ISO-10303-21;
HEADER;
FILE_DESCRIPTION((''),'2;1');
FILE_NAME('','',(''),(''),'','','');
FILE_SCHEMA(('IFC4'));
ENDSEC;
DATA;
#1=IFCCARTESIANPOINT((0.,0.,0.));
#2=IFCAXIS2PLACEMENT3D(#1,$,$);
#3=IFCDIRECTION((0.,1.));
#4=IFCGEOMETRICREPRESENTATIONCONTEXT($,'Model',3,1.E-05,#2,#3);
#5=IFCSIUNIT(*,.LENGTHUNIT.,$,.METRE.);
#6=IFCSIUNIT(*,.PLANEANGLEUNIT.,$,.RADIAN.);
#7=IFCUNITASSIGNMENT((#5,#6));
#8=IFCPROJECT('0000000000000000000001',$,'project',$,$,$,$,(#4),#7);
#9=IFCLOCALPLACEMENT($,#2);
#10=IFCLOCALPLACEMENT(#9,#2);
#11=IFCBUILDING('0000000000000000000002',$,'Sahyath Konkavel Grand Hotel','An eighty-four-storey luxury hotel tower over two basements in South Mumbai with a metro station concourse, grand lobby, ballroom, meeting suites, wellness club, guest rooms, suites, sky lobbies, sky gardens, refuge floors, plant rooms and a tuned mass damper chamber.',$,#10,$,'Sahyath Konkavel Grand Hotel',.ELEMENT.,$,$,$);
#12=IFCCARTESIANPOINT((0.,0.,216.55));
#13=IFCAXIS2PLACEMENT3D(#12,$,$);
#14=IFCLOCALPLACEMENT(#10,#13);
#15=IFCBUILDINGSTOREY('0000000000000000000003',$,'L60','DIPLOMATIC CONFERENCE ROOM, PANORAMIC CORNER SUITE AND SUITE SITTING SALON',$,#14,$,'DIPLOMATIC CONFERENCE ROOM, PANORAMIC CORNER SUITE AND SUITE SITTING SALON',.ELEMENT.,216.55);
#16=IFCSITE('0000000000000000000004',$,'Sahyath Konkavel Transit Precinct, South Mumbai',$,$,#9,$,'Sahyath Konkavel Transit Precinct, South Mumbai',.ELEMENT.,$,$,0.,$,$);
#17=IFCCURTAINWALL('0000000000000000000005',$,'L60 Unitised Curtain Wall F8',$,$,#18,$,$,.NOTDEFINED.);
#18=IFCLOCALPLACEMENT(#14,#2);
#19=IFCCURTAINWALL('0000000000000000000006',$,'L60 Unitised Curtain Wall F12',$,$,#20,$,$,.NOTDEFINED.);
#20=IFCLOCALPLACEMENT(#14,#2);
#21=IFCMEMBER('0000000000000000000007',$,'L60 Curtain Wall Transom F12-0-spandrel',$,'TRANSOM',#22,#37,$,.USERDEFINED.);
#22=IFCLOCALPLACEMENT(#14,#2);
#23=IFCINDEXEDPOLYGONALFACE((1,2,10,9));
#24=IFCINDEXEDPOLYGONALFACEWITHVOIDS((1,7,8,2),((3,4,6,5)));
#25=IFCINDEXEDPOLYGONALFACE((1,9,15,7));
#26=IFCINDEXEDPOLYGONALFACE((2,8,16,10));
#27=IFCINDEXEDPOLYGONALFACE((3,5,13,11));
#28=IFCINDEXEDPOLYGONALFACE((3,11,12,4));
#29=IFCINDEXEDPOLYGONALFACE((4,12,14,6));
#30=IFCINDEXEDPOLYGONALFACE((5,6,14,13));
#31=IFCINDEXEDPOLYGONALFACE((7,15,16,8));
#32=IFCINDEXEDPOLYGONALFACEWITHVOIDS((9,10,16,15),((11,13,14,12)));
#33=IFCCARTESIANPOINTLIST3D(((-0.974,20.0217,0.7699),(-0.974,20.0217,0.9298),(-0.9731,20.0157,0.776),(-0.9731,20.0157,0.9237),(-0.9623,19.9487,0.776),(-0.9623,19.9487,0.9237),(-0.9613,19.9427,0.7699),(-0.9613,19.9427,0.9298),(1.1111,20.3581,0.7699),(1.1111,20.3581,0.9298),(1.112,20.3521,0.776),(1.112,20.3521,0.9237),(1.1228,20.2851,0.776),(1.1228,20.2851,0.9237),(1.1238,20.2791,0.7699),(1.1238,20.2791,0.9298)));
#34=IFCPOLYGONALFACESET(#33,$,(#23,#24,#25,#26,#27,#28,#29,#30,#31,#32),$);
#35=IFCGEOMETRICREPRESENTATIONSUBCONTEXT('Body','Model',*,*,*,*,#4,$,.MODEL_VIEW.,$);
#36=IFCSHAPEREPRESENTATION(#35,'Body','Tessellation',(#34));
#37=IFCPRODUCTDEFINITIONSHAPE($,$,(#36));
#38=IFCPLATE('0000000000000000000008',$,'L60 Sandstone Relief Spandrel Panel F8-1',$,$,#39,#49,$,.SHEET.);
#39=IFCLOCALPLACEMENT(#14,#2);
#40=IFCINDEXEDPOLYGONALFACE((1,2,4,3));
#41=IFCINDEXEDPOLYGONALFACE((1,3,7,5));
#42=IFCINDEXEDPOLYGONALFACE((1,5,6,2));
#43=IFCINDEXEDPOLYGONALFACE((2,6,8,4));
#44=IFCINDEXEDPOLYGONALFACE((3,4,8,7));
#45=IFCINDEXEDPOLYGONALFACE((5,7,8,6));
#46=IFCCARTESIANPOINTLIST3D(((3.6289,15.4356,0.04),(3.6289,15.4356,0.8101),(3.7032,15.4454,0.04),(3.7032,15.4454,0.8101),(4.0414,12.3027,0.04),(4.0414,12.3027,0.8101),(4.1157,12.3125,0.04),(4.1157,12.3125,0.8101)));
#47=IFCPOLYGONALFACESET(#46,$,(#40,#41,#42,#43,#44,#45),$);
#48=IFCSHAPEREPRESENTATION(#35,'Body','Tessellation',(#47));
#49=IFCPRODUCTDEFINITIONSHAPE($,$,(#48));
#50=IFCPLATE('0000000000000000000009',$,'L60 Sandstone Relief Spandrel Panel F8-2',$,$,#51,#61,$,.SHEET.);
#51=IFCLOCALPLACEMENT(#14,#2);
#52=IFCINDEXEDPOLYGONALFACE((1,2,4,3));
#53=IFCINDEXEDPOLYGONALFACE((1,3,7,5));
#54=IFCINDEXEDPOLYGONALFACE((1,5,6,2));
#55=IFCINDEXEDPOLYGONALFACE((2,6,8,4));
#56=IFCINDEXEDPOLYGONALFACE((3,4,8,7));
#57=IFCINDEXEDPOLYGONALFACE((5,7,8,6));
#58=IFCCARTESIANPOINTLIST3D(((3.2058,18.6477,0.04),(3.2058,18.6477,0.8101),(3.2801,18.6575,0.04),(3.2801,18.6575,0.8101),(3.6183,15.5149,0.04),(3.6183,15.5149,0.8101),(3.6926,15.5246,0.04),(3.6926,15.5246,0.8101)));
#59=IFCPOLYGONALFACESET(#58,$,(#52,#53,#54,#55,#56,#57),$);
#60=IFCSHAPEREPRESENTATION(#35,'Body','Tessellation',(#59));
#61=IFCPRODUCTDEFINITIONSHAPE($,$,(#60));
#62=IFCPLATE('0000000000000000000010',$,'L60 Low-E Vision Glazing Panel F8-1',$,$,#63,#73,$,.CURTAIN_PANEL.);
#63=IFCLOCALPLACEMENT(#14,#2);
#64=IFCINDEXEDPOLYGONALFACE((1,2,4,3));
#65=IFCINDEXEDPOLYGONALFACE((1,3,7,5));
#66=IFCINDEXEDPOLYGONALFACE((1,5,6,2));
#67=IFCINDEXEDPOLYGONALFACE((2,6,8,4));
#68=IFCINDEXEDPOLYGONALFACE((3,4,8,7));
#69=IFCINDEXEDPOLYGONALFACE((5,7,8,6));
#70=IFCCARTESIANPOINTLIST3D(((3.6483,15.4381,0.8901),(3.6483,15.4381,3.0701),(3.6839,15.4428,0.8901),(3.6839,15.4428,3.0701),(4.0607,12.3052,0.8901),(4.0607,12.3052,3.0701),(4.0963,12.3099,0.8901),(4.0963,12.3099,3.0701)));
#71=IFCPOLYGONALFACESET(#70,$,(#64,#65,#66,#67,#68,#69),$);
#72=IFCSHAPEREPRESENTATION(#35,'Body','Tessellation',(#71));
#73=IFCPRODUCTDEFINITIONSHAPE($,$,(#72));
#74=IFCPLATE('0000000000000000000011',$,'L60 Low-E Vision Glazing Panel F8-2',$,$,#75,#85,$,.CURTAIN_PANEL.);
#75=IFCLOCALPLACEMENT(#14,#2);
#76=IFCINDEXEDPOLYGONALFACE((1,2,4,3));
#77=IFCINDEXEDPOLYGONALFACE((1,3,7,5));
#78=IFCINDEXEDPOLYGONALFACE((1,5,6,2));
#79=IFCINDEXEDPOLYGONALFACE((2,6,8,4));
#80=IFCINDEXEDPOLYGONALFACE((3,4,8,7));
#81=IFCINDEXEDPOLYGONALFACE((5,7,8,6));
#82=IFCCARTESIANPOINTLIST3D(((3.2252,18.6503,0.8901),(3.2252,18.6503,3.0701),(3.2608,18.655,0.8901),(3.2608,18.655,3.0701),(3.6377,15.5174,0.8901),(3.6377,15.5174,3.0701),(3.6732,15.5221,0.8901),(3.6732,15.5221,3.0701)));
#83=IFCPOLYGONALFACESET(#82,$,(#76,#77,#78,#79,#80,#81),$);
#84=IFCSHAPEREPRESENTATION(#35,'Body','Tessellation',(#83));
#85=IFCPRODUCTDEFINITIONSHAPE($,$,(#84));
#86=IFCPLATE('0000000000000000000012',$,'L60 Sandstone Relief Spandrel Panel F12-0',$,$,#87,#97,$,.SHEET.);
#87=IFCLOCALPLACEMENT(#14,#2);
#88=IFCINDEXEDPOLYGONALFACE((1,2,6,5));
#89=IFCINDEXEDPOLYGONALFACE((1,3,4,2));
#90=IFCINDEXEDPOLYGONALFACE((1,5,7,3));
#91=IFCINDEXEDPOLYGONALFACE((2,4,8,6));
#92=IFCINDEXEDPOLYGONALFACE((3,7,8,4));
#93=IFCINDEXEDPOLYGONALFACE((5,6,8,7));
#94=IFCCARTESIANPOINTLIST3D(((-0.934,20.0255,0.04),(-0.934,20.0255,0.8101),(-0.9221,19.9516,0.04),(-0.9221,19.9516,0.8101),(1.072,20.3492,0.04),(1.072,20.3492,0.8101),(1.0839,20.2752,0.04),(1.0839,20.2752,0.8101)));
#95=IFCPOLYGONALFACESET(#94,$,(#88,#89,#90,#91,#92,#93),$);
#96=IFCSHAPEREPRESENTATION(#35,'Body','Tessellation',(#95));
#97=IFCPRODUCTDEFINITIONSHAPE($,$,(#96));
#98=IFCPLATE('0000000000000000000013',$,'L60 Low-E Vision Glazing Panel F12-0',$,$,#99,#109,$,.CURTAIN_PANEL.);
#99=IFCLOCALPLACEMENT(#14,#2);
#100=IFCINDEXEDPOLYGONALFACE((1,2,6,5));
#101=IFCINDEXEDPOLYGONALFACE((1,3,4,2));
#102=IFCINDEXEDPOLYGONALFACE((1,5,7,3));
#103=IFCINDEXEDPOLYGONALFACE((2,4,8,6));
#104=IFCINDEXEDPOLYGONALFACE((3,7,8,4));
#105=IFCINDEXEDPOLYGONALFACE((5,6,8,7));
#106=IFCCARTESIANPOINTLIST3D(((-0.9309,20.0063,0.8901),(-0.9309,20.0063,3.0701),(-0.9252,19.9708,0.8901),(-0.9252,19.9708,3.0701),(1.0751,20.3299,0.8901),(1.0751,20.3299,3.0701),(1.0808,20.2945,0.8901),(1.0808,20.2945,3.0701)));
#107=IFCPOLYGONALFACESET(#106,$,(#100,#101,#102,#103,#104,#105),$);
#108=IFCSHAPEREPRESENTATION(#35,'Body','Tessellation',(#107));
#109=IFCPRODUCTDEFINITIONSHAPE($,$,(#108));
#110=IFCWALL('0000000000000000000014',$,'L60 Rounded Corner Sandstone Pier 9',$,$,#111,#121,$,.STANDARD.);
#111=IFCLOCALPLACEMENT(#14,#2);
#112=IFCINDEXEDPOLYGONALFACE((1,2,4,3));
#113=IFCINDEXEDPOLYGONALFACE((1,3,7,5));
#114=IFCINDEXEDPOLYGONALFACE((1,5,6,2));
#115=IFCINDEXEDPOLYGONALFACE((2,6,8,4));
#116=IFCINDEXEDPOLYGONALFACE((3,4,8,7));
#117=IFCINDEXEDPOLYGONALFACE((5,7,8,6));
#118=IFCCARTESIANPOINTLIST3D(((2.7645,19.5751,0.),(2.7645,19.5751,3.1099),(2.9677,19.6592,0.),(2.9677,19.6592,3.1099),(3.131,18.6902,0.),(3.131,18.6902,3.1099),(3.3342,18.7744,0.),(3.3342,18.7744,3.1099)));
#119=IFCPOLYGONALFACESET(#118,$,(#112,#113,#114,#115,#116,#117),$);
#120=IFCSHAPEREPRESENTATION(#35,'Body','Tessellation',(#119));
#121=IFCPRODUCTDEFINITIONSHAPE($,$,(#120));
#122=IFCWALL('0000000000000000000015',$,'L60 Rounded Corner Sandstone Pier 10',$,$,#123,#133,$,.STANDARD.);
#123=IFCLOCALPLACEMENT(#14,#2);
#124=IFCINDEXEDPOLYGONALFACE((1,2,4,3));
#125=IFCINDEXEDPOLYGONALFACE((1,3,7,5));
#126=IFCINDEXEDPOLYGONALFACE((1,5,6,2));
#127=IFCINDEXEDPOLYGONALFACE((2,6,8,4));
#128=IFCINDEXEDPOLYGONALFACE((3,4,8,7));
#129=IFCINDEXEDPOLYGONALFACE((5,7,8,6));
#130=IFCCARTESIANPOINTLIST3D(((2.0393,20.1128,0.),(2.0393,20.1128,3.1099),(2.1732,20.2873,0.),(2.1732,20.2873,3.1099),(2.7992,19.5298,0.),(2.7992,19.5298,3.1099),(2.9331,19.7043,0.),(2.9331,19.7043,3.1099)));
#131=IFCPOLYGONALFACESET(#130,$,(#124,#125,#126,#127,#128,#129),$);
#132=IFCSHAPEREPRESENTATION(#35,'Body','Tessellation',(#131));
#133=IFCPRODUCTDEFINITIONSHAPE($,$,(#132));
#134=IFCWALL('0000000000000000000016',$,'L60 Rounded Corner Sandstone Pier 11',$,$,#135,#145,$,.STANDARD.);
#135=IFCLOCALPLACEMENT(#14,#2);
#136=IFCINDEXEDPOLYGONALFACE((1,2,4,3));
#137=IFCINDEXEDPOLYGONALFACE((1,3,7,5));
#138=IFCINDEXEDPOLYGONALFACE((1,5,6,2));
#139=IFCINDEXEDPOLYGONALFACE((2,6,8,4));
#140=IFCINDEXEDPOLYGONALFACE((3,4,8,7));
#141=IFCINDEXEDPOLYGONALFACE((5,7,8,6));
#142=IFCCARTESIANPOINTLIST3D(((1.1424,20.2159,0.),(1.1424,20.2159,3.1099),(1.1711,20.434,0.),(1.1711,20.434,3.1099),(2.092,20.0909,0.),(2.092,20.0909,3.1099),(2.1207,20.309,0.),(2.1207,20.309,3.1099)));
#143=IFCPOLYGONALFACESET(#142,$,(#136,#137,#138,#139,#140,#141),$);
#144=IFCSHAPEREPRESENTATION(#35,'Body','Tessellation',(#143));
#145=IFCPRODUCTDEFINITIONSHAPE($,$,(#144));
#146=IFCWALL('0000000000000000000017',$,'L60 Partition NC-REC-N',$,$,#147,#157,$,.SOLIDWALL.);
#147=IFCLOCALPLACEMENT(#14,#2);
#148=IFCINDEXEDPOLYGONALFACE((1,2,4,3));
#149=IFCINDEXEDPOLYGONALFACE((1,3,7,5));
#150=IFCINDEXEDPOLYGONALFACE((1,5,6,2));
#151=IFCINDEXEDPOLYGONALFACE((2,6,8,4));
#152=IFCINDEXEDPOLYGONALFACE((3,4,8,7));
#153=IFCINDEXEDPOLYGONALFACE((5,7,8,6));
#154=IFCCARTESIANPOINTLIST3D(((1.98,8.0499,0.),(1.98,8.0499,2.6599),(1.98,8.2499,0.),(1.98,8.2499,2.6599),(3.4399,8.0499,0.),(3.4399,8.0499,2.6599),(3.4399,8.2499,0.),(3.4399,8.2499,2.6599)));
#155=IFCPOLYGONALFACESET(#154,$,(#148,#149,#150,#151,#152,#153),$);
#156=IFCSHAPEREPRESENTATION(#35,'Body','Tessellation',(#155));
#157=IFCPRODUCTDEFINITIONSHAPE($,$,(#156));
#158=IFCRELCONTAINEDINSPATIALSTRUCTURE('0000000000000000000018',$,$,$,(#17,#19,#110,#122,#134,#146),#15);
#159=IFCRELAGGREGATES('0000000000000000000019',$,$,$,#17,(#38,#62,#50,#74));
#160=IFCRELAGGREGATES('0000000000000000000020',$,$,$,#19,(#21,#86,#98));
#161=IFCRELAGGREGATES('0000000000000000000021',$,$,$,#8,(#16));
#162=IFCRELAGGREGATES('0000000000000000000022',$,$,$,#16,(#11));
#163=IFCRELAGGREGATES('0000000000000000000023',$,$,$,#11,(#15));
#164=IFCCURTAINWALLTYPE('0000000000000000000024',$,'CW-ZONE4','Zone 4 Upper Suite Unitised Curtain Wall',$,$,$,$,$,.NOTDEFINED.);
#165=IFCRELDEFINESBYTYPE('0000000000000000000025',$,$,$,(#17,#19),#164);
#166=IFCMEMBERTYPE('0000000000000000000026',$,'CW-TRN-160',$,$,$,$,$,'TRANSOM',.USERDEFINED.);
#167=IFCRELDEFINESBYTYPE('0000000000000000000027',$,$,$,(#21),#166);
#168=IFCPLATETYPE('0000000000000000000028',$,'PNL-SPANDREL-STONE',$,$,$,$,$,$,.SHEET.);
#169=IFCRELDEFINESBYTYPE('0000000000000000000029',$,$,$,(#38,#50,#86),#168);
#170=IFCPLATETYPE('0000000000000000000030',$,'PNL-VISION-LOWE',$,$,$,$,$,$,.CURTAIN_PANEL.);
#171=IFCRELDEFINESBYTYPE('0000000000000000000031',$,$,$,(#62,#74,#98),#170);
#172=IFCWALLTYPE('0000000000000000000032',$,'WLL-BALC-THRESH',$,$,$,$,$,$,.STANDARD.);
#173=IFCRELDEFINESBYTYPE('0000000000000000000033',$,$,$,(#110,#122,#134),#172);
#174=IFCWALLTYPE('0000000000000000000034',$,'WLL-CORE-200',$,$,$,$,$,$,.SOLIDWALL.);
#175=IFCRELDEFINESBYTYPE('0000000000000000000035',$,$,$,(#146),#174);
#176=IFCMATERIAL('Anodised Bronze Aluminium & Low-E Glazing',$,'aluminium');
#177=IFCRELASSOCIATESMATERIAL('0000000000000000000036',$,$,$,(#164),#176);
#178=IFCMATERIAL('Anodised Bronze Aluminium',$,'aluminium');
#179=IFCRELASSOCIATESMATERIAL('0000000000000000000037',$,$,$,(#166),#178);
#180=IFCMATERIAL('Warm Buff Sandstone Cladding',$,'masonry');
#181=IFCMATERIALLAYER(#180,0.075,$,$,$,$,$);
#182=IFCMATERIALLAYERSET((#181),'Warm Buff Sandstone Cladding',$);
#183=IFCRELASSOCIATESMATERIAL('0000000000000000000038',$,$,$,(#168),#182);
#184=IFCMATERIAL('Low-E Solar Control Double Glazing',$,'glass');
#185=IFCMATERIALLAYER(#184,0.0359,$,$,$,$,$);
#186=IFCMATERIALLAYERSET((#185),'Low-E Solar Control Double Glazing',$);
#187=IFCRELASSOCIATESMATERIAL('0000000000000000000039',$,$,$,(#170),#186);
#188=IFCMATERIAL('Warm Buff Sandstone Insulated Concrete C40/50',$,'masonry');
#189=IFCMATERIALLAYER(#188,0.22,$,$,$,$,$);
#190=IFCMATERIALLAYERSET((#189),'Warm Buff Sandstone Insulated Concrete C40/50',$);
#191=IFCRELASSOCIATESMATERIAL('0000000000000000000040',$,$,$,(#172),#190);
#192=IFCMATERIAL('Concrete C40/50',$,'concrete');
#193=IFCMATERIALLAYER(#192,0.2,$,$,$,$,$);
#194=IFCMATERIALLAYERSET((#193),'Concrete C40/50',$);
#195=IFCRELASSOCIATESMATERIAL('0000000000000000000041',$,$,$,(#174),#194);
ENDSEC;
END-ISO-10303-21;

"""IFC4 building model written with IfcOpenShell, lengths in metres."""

from ifc_helpers import new_model, si_unit, direction, frame, frame_2d, origin, origin_2d, place, context, subcontext, project, spatial, rectangle, hollow_rectangle, extrude, source, transform, mapped, material, layer, layer_set, material_profile, profile_set, type_object, element, aggregate, save


model = new_model("IFC4")

# Units and contexts
model_context = context("Model", 3, precision=1e-05, world=origin(), true_north=direction((0.0, 1.0)))
body_context = subcontext(model_context, "Body", "Model", "MODEL_VIEW")
ifc_project = project(units=[si_unit("LENGTHUNIT", "METRE"), si_unit("PLANEANGLEUNIT", "RADIAN")], contexts=[model_context])

# Site, building, storey
site_placement = place(None, origin())
site = spatial("IfcSite", under=ifc_project, at=site_placement, Name="Sahyath Konkavel Transit Precinct, South Mumbai", LongName="Sahyath Konkavel Transit Precinct, South Mumbai", CompositionType="ELEMENT", RefElevation=0.0)
building_placement = place(site_placement, origin())
building = spatial("IfcBuilding", under=site, at=building_placement, Name="Sahyath Konkavel Grand Hotel", Description="An eighty-four-storey luxury hotel tower over two basements in South Mumbai with a metro station concourse, grand lobby, ballroom, meeting suites, wellness club, guest rooms, suites, sky lobbies, sky gardens, refuge floors, plant rooms and a tuned mass damper chamber.", LongName="Sahyath Konkavel Grand Hotel", CompositionType="ELEMENT")
storey_placement = place(building_placement, frame((0.0, 0.0, 216.55)))
storey = spatial("IfcBuildingStorey", under=building, at=storey_placement, Name="L60", Description="DIPLOMATIC CONFERENCE ROOM, PANORAMIC CORNER SUITE AND SUITE SITTING SALON", LongName="DIPLOMATIC CONFERENCE ROOM, PANORAMIC CORNER SUITE AND SUITE SITTING SALON", CompositionType="ELEMENT", Elevation=216.55)

# Shared definitions
ifc_material_1 = material(Name="Concrete C40/50", Category="concrete")

# Curtain wall
ifc_material_2 = material(Name="Anodised Bronze Aluminium & Low-E Glazing", Category="aluminium")
curtain_wall_type = type_object("IfcCurtainWallType", Name="CW-ZONE4", Description="Zone 4 Upper Suite Unitised Curtain Wall", PredefinedType="NOTDEFINED", material=ifc_material_2)
curtain_wall_1_placement = place(storey_placement, origin())
curtain_wall_1 = element("IfcCurtainWall", 1, at=curtain_wall_1_placement, inside=storey, type_object=curtain_wall_type, Name="L60 Unitised Curtain Wall F8", PredefinedType="NOTDEFINED")
ifc_material_3 = material(Name="Anodised Bronze Aluminium", Category="aluminium")

# Curtain wall
curtain_wall_2_placement = place(storey_placement, origin())
curtain_wall_2 = element("IfcCurtainWall", 2, at=curtain_wall_2_placement, inside=storey, type_object=curtain_wall_type, Name="L60 Unitised Curtain Wall F12", PredefinedType="NOTDEFINED")

# Member
ifc_material_profile_1 = material_profile(ifc_material_3, hollow_rectangle(XDim=0.0801, YDim=0.1599, WallThickness=0.0061, at=origin_2d()), Name="RHS 160x80x6")
ifc_profile_set_1 = profile_set([ifc_material_profile_1], Name="Anodised Bronze Aluminium")
member_type_1 = type_object("IfcMemberType", Name="CW-TRN-160", ElementType="TRANSOM", PredefinedType="USERDEFINED", material=ifc_profile_set_1)
shared_shape_1 = source(origin(), body_context, "Body", "SweptSolid", [
    extrude(hollow_rectangle(XDim=0.0801, YDim=0.1599, WallThickness=0.0061, at=origin_2d()), origin(), (0.0, 0.0, 1.0), 2.1121),
])
member_1_placement = place(storey_placement, frame((1.1174, 20.3186, 0.8499), z_axis=(-0.987233, -0.15928, 0.0), x_axis=(0.15928, -0.987233, 0.0)))
member_1 = element("IfcMember", 3, at=member_1_placement, type_object=member_type_1, Name="L60 Curtain Wall Transom F12-0-spandrel", ObjectType="TRANSOM", PredefinedType="USERDEFINED", context=body_context, shape_type="MappedRepresentation", body=[
    mapped(shared_shape_1, transform((0.0, 0.0, 0.0), scale=1.0)),
])

# Plates
ifc_material_4 = material(Name="Warm Buff Sandstone Cladding", Category="masonry")
ifc_layer_1 = layer(ifc_material_4, 0.075)
ifc_layer_set_1 = layer_set([ifc_layer_1], Name="Warm Buff Sandstone Cladding")
plate_type_1 = type_object("IfcPlateType", Name="PNL-SPANDREL-STONE", PredefinedType="SHEET", material=ifc_layer_set_1)
shared_shape_2 = source(origin(), body_context, "Body", "SweptSolid", [
    extrude(rectangle(XDim=3.1599, YDim=0.075, at=origin_2d()), origin(), (0.0, 0.0, 1.0), 0.77),
])
plate_1_placement = place(storey_placement, frame((3.8723, 13.874, 0.04), z_axis=(0.0, 0.0, 1.0), x_axis=(-0.130526, 0.991445, 0.0)))
plate_1 = element("IfcPlate", 4, at=plate_1_placement, type_object=plate_type_1, Name="L60 Sandstone Relief Spandrel Panel F8-1", PredefinedType="SHEET", context=body_context, shape_type="MappedRepresentation", body=[
    mapped(shared_shape_2, transform((0.0, 0.0, 0.0), scale=1.0)),
])
plate_2_placement = place(storey_placement, frame((3.4492, 17.0862, 0.04), z_axis=(0.0, 0.0, 1.0), x_axis=(-0.130526, 0.991445, 0.0)))
plate_2 = element("IfcPlate", 5, at=plate_2_placement, type_object=plate_type_1, Name="L60 Sandstone Relief Spandrel Panel F8-2", PredefinedType="SHEET", context=body_context, shape_type="MappedRepresentation", body=[
    mapped(shared_shape_2, transform((0.0, 0.0, 0.0), scale=1.0)),
])
ifc_material_5 = material(Name="Low-E Solar Control Double Glazing", Category="glass")
ifc_layer_2 = layer(ifc_material_5, 0.0359)
ifc_layer_set_2 = layer_set([ifc_layer_2], Name="Low-E Solar Control Double Glazing")
plate_type_2 = type_object("IfcPlateType", Name="PNL-VISION-LOWE", PredefinedType="CURTAIN_PANEL", material=ifc_layer_set_2)
shared_shape_3 = source(origin(), body_context, "Body", "SweptSolid", [
    extrude(rectangle(XDim=3.1599, YDim=0.0359, at=origin_2d()), origin(), (0.0, 0.0, 1.0), 2.1799),
])
plate_3_placement = place(storey_placement, frame((3.8723, 13.874, 0.8901), z_axis=(0.0, 0.0, 1.0), x_axis=(-0.130526, 0.991445, 0.0)))
plate_3 = element("IfcPlate", 6, at=plate_3_placement, type_object=plate_type_2, Name="L60 Low-E Vision Glazing Panel F8-1", PredefinedType="CURTAIN_PANEL", context=body_context, shape_type="MappedRepresentation", body=[
    mapped(shared_shape_3, transform((0.0, 0.0, 0.0), scale=1.0)),
])
plate_4_placement = place(storey_placement, frame((3.4492, 17.0862, 0.8901), z_axis=(0.0, 0.0, 1.0), x_axis=(-0.130526, 0.991445, 0.0)))
plate_4 = element("IfcPlate", 7, at=plate_4_placement, type_object=plate_type_2, Name="L60 Low-E Vision Glazing Panel F8-2", PredefinedType="CURTAIN_PANEL", context=body_context, shape_type="MappedRepresentation", body=[
    mapped(shared_shape_3, transform((0.0, 0.0, 0.0), scale=1.0)),
])
aggregate(curtain_wall_1, [plate_1, plate_3, plate_2, plate_4])
shared_shape_4 = source(origin(), body_context, "Body", "SweptSolid", [
    extrude(rectangle(XDim=2.032, YDim=0.075, at=origin_2d()), origin(), (0.0, 0.0, 1.0), 0.77),
])
plate_5_placement = place(storey_placement, frame((0.075, 20.1504, 0.04), z_axis=(0.0, 0.0, 1.0), x_axis=(-0.987231, -0.159295, 0.0)))
plate_5 = element("IfcPlate", 8, at=plate_5_placement, type_object=plate_type_1, Name="L60 Sandstone Relief Spandrel Panel F12-0", PredefinedType="SHEET", context=body_context, shape_type="MappedRepresentation", body=[
    mapped(shared_shape_4, transform((0.0, 0.0, 0.0), scale=1.0)),
])
shared_shape_5 = source(origin(), body_context, "Body", "SweptSolid", [
    extrude(rectangle(XDim=2.032, YDim=0.0359, at=origin_2d()), origin(), (0.0, 0.0, 1.0), 2.1799),
])
plate_6_placement = place(storey_placement, frame((0.075, 20.1504, 0.8901), z_axis=(0.0, 0.0, 1.0), x_axis=(-0.987231, -0.159295, 0.0)))
plate_6 = element("IfcPlate", 9, at=plate_6_placement, type_object=plate_type_2, Name="L60 Low-E Vision Glazing Panel F12-0", PredefinedType="CURTAIN_PANEL", context=body_context, shape_type="MappedRepresentation", body=[
    mapped(shared_shape_5, transform((0.0, 0.0, 0.0), scale=1.0)),
])
aggregate(curtain_wall_2, [member_1, plate_5, plate_6])

# Walls
ifc_material_6 = material(Name="Warm Buff Sandstone Insulated Concrete C40/50", Category="masonry")
ifc_layer_3 = layer(ifc_material_6, 0.22)
ifc_layer_set_3 = layer_set([ifc_layer_3], Name="Warm Buff Sandstone Insulated Concrete C40/50")
wall_type_1 = type_object("IfcWallType", Name="WLL-BALC-THRESH", PredefinedType="STANDARD", material=ifc_layer_set_3)
for number, where, z_axis, x_axis, name in (
    (10, (3.2327, 18.7322, 0.0), (0.0, 0.0, 1.0), (-0.38266, 0.923889, 0.0), "L60 Rounded Corner Sandstone Pier 9"),
    (11, (2.8662, 19.6169, 0.0), (0.0, 0.0, 1.0), (-0.793344, 0.608774, 0.0), "L60 Rounded Corner Sandstone Pier 10"),
    (12, (2.1064, 20.2, 0.0), (0.0, 0.0, 1.0), (-0.991445, 0.130527, 0.0), "L60 Rounded Corner Sandstone Pier 11"),
):
    element("IfcWall", number, at=place(storey_placement, frame(where, z_axis=z_axis, x_axis=x_axis)), inside=storey, type_object=wall_type_1, Name=name, PredefinedType="STANDARD", context=body_context, shape_type="SweptSolid", body=[
        extrude(rectangle(XDim=0.9578, YDim=0.22, at=frame_2d((0.479, 0.0))), origin(), (0.0, 0.0, 1.0), 3.1099),
    ])
ifc_layer_4 = layer(ifc_material_1, 0.2)
ifc_layer_set_4 = layer_set([ifc_layer_4], Name="Concrete C40/50")
wall_type_2 = type_object("IfcWallType", Name="WLL-CORE-200", PredefinedType="SOLIDWALL", material=ifc_layer_set_4)
wall_1_placement = place(storey_placement, frame((1.98, 8.1499, 0.0), z_axis=(0.0, 0.0, 1.0), x_axis=(1.0, 0.0, 0.0)))
element("IfcWall", 13, at=wall_1_placement, inside=storey, type_object=wall_type_2, Name="L60 Partition NC-REC-N", PredefinedType="SOLIDWALL", context=body_context, shape_type="SweptSolid", body=[
    extrude(rectangle(XDim=1.46, YDim=0.2, at=frame_2d((0.73, 0.0))), origin(), (0.0, 0.0, 1.0), 2.6599),
])

save(model, "model.ifc")
